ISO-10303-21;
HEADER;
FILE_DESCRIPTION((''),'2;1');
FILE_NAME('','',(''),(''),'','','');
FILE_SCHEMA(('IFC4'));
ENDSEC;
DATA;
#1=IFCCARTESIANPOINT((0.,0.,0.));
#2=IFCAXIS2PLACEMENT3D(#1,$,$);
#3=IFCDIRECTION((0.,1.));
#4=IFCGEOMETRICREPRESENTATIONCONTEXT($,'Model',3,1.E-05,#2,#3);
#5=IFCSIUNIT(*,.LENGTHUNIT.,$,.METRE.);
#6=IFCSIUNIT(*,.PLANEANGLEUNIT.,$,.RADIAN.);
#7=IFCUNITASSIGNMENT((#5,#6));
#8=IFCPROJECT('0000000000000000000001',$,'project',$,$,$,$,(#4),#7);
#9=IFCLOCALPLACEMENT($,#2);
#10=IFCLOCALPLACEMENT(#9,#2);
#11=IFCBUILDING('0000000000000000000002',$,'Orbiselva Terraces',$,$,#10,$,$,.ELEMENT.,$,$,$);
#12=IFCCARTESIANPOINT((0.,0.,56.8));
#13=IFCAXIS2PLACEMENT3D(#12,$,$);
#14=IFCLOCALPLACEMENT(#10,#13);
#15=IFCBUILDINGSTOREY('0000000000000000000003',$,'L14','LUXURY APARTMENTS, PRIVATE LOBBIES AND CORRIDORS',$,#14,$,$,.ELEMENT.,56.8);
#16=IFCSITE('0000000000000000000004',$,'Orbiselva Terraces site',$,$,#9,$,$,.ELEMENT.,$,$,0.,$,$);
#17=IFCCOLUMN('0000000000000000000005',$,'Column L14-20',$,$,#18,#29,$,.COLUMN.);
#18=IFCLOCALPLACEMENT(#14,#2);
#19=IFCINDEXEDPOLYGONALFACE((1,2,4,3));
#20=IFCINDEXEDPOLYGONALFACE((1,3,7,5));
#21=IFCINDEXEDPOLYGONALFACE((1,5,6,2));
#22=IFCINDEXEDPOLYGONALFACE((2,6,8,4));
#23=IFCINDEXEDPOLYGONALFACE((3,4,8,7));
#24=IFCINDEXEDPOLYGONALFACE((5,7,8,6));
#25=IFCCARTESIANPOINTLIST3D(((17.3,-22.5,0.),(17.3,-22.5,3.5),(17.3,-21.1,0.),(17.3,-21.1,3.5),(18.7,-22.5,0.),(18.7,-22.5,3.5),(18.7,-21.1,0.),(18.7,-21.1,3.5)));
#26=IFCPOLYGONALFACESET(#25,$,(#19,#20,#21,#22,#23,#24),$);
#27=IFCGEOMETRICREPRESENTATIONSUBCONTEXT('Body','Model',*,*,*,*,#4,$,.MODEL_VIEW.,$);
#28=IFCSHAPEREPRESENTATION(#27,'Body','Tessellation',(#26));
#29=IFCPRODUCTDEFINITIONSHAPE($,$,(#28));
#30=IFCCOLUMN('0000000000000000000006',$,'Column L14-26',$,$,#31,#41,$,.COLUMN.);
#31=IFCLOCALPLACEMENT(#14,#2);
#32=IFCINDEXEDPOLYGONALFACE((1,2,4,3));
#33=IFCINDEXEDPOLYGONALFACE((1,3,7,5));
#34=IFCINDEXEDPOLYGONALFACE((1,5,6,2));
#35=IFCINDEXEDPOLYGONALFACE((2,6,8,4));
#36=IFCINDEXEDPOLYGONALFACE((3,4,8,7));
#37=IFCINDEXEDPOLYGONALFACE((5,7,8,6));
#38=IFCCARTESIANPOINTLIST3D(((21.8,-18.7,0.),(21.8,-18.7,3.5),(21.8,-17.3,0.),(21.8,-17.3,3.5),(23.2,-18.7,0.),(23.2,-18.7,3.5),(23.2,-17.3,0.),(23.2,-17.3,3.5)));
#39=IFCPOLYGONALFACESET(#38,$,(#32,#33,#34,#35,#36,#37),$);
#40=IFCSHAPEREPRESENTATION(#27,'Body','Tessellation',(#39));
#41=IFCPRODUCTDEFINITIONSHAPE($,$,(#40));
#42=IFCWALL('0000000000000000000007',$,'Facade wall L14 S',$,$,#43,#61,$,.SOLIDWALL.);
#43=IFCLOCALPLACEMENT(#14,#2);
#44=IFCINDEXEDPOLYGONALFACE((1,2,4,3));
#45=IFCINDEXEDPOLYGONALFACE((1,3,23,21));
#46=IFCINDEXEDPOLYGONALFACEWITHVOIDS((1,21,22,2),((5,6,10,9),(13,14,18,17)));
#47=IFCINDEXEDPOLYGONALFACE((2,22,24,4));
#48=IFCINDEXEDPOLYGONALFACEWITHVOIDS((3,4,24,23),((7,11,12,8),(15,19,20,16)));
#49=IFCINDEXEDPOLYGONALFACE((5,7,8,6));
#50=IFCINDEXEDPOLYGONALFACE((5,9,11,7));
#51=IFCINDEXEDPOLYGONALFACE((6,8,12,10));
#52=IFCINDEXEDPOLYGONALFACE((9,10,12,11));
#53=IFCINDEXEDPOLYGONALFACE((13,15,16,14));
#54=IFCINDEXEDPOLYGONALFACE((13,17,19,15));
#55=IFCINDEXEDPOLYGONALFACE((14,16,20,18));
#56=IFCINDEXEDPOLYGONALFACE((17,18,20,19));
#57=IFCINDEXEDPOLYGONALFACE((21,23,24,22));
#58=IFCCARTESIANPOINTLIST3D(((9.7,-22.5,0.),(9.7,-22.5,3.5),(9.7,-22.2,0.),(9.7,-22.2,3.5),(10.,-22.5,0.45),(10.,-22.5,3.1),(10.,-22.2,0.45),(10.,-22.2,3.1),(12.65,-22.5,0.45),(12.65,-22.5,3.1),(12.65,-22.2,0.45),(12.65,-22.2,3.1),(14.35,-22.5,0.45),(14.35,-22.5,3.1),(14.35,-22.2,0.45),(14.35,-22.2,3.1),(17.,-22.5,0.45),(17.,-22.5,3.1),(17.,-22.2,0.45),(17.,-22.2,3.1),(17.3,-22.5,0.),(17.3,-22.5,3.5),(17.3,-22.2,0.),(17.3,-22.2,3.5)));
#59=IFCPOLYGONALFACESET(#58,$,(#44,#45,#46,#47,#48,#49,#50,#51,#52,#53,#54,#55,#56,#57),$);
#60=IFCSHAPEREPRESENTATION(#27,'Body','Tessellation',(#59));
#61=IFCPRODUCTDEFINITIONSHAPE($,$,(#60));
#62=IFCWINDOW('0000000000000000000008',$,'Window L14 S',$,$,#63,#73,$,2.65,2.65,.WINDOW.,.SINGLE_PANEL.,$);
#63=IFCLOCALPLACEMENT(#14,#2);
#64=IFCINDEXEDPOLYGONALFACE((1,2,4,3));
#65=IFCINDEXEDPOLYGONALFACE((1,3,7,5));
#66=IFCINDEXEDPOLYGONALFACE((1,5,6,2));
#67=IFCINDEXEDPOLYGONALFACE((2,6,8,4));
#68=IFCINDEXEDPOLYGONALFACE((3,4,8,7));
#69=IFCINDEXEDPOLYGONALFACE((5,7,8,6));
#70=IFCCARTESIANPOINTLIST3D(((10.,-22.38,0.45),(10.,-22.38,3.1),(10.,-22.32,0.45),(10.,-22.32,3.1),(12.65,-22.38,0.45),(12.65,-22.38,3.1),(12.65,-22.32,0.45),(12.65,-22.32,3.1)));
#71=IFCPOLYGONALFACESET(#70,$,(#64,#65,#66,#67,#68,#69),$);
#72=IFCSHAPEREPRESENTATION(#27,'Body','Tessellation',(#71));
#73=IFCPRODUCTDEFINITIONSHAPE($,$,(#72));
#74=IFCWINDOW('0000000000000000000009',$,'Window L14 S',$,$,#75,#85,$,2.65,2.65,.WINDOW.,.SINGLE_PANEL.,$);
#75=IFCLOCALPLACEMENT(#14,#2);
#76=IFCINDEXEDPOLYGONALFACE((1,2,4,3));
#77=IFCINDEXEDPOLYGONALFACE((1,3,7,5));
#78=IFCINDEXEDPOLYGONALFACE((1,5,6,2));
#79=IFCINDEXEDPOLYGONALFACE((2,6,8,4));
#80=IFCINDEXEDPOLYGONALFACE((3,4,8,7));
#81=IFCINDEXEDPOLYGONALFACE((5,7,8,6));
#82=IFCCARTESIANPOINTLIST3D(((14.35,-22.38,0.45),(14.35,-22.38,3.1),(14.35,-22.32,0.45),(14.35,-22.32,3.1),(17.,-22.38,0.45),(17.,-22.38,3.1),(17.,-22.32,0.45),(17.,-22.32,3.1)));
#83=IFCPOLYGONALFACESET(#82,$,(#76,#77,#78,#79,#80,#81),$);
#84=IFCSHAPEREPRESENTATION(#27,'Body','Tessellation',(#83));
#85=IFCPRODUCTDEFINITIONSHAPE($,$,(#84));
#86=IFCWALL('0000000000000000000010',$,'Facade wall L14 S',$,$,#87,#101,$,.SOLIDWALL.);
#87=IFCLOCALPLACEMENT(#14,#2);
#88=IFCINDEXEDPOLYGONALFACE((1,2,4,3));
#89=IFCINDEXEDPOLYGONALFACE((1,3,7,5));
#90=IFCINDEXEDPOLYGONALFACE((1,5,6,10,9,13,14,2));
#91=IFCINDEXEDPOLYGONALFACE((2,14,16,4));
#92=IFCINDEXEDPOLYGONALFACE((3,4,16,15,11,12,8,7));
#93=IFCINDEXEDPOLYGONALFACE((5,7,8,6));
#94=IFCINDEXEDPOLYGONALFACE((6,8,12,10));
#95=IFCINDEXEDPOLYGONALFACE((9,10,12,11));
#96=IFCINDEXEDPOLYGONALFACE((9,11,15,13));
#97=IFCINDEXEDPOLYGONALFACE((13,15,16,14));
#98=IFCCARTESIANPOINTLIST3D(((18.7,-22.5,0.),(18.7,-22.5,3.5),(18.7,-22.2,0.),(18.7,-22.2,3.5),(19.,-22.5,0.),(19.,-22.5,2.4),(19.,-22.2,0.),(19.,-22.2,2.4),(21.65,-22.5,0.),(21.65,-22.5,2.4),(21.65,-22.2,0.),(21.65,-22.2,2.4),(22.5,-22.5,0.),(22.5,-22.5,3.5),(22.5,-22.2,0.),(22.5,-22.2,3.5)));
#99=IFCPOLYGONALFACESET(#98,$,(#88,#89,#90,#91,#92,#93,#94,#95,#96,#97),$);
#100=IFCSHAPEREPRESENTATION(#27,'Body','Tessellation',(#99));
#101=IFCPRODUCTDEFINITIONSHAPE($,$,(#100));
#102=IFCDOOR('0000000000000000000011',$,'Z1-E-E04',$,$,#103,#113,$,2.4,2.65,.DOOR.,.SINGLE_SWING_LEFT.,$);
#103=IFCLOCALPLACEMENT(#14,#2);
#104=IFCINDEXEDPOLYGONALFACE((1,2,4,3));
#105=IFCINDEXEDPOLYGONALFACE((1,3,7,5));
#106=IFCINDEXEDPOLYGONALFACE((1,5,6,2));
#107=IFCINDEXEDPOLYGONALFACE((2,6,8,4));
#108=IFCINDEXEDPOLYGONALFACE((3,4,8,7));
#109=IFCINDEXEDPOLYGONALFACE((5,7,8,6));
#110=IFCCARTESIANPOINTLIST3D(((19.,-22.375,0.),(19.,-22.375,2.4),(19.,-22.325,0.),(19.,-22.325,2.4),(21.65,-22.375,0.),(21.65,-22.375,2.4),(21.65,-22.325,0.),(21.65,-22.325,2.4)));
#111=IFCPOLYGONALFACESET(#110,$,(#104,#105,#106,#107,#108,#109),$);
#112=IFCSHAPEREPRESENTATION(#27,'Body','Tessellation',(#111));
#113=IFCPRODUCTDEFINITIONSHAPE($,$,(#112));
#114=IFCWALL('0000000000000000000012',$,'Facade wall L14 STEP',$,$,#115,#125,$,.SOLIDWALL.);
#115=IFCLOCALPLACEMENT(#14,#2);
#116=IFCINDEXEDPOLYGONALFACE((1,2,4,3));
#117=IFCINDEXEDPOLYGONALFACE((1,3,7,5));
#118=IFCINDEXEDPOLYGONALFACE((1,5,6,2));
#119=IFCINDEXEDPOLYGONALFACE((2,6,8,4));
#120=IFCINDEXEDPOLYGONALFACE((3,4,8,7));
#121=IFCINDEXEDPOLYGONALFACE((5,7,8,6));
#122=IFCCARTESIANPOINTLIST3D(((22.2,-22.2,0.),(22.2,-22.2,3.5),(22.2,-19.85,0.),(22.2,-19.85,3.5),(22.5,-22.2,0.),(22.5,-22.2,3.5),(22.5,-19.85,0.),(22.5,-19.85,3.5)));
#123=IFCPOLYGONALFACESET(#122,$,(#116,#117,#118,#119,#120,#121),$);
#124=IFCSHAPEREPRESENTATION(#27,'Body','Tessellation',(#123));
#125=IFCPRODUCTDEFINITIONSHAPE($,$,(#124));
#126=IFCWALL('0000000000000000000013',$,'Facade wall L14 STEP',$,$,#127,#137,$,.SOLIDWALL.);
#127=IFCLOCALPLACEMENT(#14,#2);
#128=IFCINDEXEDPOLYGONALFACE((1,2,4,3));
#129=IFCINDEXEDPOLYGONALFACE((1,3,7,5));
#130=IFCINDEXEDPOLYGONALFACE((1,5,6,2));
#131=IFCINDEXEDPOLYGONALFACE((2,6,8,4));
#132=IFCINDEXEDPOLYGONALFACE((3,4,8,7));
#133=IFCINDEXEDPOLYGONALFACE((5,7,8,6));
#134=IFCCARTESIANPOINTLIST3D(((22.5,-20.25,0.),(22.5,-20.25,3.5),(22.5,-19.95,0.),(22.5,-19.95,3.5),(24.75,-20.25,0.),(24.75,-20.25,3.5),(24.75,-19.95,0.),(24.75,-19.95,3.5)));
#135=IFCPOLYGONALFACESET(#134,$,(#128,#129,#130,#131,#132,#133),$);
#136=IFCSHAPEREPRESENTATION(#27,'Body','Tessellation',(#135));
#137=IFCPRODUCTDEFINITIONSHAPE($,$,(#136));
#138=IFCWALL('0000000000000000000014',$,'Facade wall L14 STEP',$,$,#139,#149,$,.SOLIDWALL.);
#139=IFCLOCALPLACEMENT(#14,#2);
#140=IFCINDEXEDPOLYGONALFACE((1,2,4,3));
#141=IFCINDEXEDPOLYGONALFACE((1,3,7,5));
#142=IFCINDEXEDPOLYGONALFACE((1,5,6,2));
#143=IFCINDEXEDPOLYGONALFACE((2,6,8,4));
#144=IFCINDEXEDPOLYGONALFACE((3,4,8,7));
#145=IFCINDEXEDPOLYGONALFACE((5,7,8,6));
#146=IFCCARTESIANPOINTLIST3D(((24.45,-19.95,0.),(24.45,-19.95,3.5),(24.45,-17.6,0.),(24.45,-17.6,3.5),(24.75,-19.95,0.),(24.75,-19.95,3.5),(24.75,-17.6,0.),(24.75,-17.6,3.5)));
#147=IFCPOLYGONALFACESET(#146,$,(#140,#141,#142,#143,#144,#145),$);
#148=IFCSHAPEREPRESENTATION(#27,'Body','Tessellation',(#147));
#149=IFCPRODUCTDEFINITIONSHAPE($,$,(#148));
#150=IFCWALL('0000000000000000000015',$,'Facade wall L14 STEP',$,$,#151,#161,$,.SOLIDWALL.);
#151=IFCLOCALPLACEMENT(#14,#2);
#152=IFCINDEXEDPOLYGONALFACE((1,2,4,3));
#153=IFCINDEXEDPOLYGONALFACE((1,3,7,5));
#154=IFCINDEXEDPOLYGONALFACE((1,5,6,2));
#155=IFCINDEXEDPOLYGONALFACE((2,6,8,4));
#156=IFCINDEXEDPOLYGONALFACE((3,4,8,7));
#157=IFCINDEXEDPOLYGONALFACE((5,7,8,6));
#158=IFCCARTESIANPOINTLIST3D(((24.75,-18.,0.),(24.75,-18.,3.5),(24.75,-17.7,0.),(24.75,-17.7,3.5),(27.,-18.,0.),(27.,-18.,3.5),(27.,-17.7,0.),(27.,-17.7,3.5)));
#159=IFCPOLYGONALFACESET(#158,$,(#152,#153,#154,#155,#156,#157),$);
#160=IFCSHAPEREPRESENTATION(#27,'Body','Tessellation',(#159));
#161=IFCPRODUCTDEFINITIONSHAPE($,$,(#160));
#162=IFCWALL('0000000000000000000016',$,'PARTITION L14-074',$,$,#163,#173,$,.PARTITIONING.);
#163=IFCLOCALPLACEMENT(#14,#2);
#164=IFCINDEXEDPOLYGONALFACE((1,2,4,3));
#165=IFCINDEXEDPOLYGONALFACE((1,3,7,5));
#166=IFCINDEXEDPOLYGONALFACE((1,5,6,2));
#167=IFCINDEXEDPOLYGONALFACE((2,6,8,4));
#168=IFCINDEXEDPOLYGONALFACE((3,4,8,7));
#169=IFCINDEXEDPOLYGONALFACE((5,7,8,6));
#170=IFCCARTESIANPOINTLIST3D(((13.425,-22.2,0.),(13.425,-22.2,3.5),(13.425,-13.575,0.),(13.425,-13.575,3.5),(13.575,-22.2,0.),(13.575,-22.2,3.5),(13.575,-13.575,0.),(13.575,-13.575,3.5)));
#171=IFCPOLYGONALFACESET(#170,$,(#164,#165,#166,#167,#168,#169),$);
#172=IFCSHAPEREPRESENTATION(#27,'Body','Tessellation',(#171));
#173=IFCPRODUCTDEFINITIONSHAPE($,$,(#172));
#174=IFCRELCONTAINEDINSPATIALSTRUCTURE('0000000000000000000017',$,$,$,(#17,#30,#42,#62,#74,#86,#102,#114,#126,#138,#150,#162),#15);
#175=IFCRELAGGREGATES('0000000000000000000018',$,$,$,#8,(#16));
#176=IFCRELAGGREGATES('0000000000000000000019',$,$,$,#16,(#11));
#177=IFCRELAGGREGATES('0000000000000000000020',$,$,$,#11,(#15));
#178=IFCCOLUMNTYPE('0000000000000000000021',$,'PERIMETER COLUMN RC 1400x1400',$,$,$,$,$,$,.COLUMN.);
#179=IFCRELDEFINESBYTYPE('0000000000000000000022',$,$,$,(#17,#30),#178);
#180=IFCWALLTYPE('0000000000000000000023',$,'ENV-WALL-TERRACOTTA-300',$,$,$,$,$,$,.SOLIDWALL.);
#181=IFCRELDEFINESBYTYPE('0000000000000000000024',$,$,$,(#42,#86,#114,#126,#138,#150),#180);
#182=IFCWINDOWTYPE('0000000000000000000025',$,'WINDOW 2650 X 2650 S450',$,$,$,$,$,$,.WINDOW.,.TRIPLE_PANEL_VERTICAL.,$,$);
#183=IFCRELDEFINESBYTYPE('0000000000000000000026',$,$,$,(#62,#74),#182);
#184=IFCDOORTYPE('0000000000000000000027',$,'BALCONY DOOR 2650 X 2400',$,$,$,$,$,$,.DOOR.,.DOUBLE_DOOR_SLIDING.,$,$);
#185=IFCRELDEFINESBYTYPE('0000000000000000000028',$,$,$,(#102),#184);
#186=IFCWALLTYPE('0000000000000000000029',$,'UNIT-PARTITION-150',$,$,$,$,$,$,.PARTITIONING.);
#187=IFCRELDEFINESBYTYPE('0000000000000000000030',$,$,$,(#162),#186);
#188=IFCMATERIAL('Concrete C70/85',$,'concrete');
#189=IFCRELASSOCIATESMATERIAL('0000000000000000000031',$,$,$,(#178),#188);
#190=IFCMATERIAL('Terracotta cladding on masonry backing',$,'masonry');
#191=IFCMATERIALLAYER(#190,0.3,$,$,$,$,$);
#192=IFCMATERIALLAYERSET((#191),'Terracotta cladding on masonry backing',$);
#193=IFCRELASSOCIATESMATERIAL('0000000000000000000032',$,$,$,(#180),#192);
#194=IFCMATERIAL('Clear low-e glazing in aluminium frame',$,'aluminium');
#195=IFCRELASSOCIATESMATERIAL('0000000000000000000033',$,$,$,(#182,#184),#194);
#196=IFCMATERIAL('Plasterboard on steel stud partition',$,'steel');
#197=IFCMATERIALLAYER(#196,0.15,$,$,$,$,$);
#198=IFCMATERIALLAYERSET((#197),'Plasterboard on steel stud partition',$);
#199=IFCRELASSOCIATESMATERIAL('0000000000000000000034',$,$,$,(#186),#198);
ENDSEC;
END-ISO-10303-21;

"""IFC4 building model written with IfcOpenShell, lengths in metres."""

from ifc_helpers import new_model, si_unit, direction, frame, frame_2d, origin, origin_2d, place, context, subcontext, project, spatial, rectangle, extrude, material, layer, layer_set, material_profile, profile_set, type_object, element, fill, save


model = new_model("IFC4")

# Units and contexts
model_context = context("Model", 3, precision=1e-05, world=origin(), true_north=direction((0.0, 1.0)))
body_context = subcontext(model_context, "Body", "Model", "MODEL_VIEW")
ifc_project = project(units=[si_unit("LENGTHUNIT", "METRE"), si_unit("PLANEANGLEUNIT", "RADIAN")], contexts=[model_context])

# Site, building, storey
site_placement = place(None, origin())
site = spatial("IfcSite", under=ifc_project, at=site_placement, Name="Orbiselva Terraces site", CompositionType="ELEMENT", RefElevation=0.0)
building_placement = place(site_placement, origin())
building = spatial("IfcBuilding", under=site, at=building_placement, Name="Orbiselva Terraces", CompositionType="ELEMENT")
storey_placement = place(building_placement, frame((0.0, 0.0, 56.8)))
storey = spatial("IfcBuildingStorey", under=building, at=storey_placement, Name="L14", Description="LUXURY APARTMENTS, PRIVATE LOBBIES AND CORRIDORS", CompositionType="ELEMENT", Elevation=56.8)

# Columns
ifc_material_1 = material(Name="Concrete C70/85", Category="concrete")
ifc_material_profile = material_profile(ifc_material_1, rectangle(XDim=1.4, YDim=1.4, at=origin_2d()), Name="RC 1400x1400")
ifc_profile_set = profile_set([ifc_material_profile], Name="Concrete C70/85")
column_type = type_object("IfcColumnType", Name="PERIMETER COLUMN RC 1400x1400", PredefinedType="COLUMN", material=ifc_profile_set)
for number, where, z_axis, x_axis, name in (
    (1, (18.0, -21.8, 0.0), (0.0, 0.0, 1.0), (1.0, 0.0, 0.0), "Column L14-20"),
    (2, (22.5, -18.0, 0.0), (0.0, 0.0, 1.0), (1.0, 0.0, 0.0), "Column L14-26"),
):
    element("IfcColumn", number, at=place(storey_placement, frame(where, z_axis=z_axis, x_axis=x_axis)), inside=storey, type_object=column_type, Name=name, PredefinedType="COLUMN", context=body_context, shape_type="SweptSolid", body=[
        extrude(rectangle(XDim=1.4, YDim=1.4, at=origin_2d()), origin(), (0.0, 0.0, 1.0), 3.5),
    ])

# Wall, openings, windows
ifc_material_2 = material(Name="Terracotta cladding on masonry backing", Category="masonry")
ifc_layer_1 = layer(ifc_material_2, 0.3)
ifc_layer_set_1 = layer_set([ifc_layer_1], Name="Terracotta cladding on masonry backing")
wall_type_1 = type_object("IfcWallType", Name="ENV-WALL-TERRACOTTA-300", PredefinedType="SOLIDWALL", material=ifc_layer_set_1)
wall_1_placement = place(storey_placement, frame((17.3, -22.35, 0.0), z_axis=(0.0, 0.0, 1.0), x_axis=(-1.0, 0.0, 0.0)))
wall_1 = element("IfcWall", 3, at=wall_1_placement, inside=storey, type_object=wall_type_1, Name="Facade wall L14 S", PredefinedType="SOLIDWALL", context=body_context, shape_type="SweptSolid", body=[
    extrude(rectangle(XDim=7.6, YDim=0.3, at=frame_2d((3.8, 0.0))), origin(), (0.0, 0.0, 1.0), 3.5),
])
opening_1_placement = place(wall_1_placement, frame((4.65, 0.0, 0.45)))
opening_1 = element("IfcOpeningElement", 4, at=opening_1_placement, cuts=wall_1, PredefinedType="OPENING", context=body_context, shape_type="SweptSolid", body=[
    extrude(rectangle(XDim=2.65, YDim=2.65, at=frame_2d((1.325, 1.325))), frame((0.0, 0.16, 0.0), z_axis=(0.0, -1.0, 0.0), x_axis=(1.0, 0.0, 0.0)), (0.0, 0.0, 1.0), 0.32),
])
opening_2_placement = place(wall_1_placement, frame((0.3, 0.0, 0.45)))
opening_2 = element("IfcOpeningElement", 5, at=opening_2_placement, cuts=wall_1, PredefinedType="OPENING", context=body_context, shape_type="SweptSolid", body=[
    extrude(rectangle(XDim=2.65, YDim=2.65, at=frame_2d((1.325, 1.325))), frame((0.0, 0.16, 0.0), z_axis=(0.0, -1.0, 0.0), x_axis=(1.0, 0.0, 0.0)), (0.0, 0.0, 1.0), 0.32),
])
ifc_material_3 = material(Name="Clear low-e glazing in aluminium frame", Category="aluminium")
window_type = type_object("IfcWindowType", Name="WINDOW 2650 X 2650 S450", PartitioningType="TRIPLE_PANEL_VERTICAL", PredefinedType="WINDOW", material=ifc_material_3)
window_1_placement = place(opening_1_placement, origin())
window_1 = element("IfcWindow", 6, at=window_1_placement, inside=storey, type_object=window_type, Name="Window L14 S", OverallHeight=2.65, OverallWidth=2.65, PartitioningType="SINGLE_PANEL", PredefinedType="WINDOW", context=body_context, shape_type="SweptSolid", body=[
    extrude(rectangle(XDim=2.65, YDim=2.65, at=frame_2d((1.325, 1.325))), frame((0.0, 0.03, 0.0), z_axis=(0.0, -1.0, 0.0), x_axis=(1.0, 0.0, 0.0)), (0.0, 0.0, 1.0), 0.06),
])
fill(opening_1, window_1)
window_2_placement = place(opening_2_placement, origin())
window_2 = element("IfcWindow", 7, at=window_2_placement, inside=storey, type_object=window_type, Name="Window L14 S", OverallHeight=2.65, OverallWidth=2.65, PartitioningType="SINGLE_PANEL", PredefinedType="WINDOW", context=body_context, shape_type="SweptSolid", body=[
    extrude(rectangle(XDim=2.65, YDim=2.65, at=frame_2d((1.325, 1.325))), frame((0.0, 0.03, 0.0), z_axis=(0.0, -1.0, 0.0), x_axis=(1.0, 0.0, 0.0)), (0.0, 0.0, 1.0), 0.06),
])
fill(opening_2, window_2)

# Wall, opening, door
wall_2_placement = place(storey_placement, frame((22.5, -22.35, 0.0), z_axis=(0.0, 0.0, 1.0), x_axis=(-1.0, 0.0, 0.0)))
wall_2 = element("IfcWall", 8, at=wall_2_placement, inside=storey, type_object=wall_type_1, Name="Facade wall L14 S", PredefinedType="SOLIDWALL", context=body_context, shape_type="SweptSolid", body=[
    extrude(rectangle(XDim=3.8, YDim=0.3, at=frame_2d((1.9, 0.0))), origin(), (0.0, 0.0, 1.0), 3.5),
])
opening_3_placement = place(wall_2_placement, frame((0.85, 0.0, 0.0)))
opening_3 = element("IfcOpeningElement", 9, at=opening_3_placement, cuts=wall_2, PredefinedType="OPENING", context=body_context, shape_type="SweptSolid", body=[
    extrude(rectangle(XDim=2.65, YDim=2.4, at=frame_2d((1.325, 1.2))), frame((0.0, 0.16, 0.0), z_axis=(0.0, -1.0, 0.0), x_axis=(1.0, 0.0, 0.0)), (0.0, 0.0, 1.0), 0.32),
])
door_type = type_object("IfcDoorType", Name="BALCONY DOOR 2650 X 2400", OperationType="DOUBLE_DOOR_SLIDING", PredefinedType="DOOR", material=ifc_material_3)
door_placement = place(opening_3_placement, origin())
door = element("IfcDoor", 10, at=door_placement, inside=storey, type_object=door_type, Name="Z1-E-E04", OperationType="SINGLE_SWING_LEFT", OverallHeight=2.4, OverallWidth=2.65, PredefinedType="DOOR", context=body_context, shape_type="SweptSolid", body=[
    extrude(rectangle(XDim=2.65, YDim=2.4, at=frame_2d((1.325, 1.2))), frame((0.0, 0.025, 0.0), z_axis=(0.0, -1.0, 0.0), x_axis=(1.0, 0.0, 0.0)), (0.0, 0.0, 1.0), 0.05),
])
fill(opening_3, door)

# Walls
wall_3_placement = place(storey_placement, frame((22.35, -19.85, 0.0), z_axis=(0.0, 0.0, 1.0), x_axis=(0.0, -1.0, 0.0)))
element("IfcWall", 11, at=wall_3_placement, inside=storey, type_object=wall_type_1, Name="Facade wall L14 STEP", PredefinedType="SOLIDWALL", context=body_context, shape_type="SweptSolid", body=[
    extrude(rectangle(XDim=2.35, YDim=0.3, at=frame_2d((1.175, 0.0))), origin(), (0.0, 0.0, 1.0), 3.5),
])
wall_4_placement = place(storey_placement, frame((24.75, -20.1, 0.0), z_axis=(0.0, 0.0, 1.0), x_axis=(-1.0, 0.0, 0.0)))
element("IfcWall", 12, at=wall_4_placement, inside=storey, type_object=wall_type_1, Name="Facade wall L14 STEP", PredefinedType="SOLIDWALL", context=body_context, shape_type="SweptSolid", body=[
    extrude(rectangle(XDim=2.25, YDim=0.3, at=frame_2d((1.125, 0.0))), origin(), (0.0, 0.0, 1.0), 3.5),
])
wall_5_placement = place(storey_placement, frame((24.6, -17.6, 0.0), z_axis=(0.0, 0.0, 1.0), x_axis=(0.0, -1.0, 0.0)))
element("IfcWall", 13, at=wall_5_placement, inside=storey, type_object=wall_type_1, Name="Facade wall L14 STEP", PredefinedType="SOLIDWALL", context=body_context, shape_type="SweptSolid", body=[
    extrude(rectangle(XDim=2.35, YDim=0.3, at=frame_2d((1.175, 0.0))), origin(), (0.0, 0.0, 1.0), 3.5),
])
wall_6_placement = place(storey_placement, frame((27.0, -17.85, 0.0), z_axis=(0.0, 0.0, 1.0), x_axis=(-1.0, 0.0, 0.0)))
element("IfcWall", 14, at=wall_6_placement, inside=storey, type_object=wall_type_1, Name="Facade wall L14 STEP", PredefinedType="SOLIDWALL", context=body_context, shape_type="SweptSolid", body=[
    extrude(rectangle(XDim=2.25, YDim=0.3, at=frame_2d((1.125, 0.0))), origin(), (0.0, 0.0, 1.0), 3.5),
])
ifc_material_4 = material(Name="Plasterboard on steel stud partition", Category="steel")
ifc_layer_2 = layer(ifc_material_4, 0.15)
ifc_layer_set_2 = layer_set([ifc_layer_2], Name="Plasterboard on steel stud partition")
wall_type_2 = type_object("IfcWallType", Name="UNIT-PARTITION-150", PredefinedType="PARTITIONING", material=ifc_layer_set_2)
wall_7_placement = place(storey_placement, frame((13.5, -22.2, 0.0), z_axis=(0.0, 0.0, 1.0), x_axis=(0.0, 1.0, 0.0)))
element("IfcWall", 15, at=wall_7_placement, inside=storey, type_object=wall_type_2, Name="PARTITION L14-074", PredefinedType="PARTITIONING", context=body_context, shape_type="SweptSolid", body=[
    extrude(rectangle(XDim=8.625, YDim=0.15, at=frame_2d((4.3125, 0.0))), origin(), (0.0, 0.0, 1.0), 3.5),
])

save(model, "model.ifc")
